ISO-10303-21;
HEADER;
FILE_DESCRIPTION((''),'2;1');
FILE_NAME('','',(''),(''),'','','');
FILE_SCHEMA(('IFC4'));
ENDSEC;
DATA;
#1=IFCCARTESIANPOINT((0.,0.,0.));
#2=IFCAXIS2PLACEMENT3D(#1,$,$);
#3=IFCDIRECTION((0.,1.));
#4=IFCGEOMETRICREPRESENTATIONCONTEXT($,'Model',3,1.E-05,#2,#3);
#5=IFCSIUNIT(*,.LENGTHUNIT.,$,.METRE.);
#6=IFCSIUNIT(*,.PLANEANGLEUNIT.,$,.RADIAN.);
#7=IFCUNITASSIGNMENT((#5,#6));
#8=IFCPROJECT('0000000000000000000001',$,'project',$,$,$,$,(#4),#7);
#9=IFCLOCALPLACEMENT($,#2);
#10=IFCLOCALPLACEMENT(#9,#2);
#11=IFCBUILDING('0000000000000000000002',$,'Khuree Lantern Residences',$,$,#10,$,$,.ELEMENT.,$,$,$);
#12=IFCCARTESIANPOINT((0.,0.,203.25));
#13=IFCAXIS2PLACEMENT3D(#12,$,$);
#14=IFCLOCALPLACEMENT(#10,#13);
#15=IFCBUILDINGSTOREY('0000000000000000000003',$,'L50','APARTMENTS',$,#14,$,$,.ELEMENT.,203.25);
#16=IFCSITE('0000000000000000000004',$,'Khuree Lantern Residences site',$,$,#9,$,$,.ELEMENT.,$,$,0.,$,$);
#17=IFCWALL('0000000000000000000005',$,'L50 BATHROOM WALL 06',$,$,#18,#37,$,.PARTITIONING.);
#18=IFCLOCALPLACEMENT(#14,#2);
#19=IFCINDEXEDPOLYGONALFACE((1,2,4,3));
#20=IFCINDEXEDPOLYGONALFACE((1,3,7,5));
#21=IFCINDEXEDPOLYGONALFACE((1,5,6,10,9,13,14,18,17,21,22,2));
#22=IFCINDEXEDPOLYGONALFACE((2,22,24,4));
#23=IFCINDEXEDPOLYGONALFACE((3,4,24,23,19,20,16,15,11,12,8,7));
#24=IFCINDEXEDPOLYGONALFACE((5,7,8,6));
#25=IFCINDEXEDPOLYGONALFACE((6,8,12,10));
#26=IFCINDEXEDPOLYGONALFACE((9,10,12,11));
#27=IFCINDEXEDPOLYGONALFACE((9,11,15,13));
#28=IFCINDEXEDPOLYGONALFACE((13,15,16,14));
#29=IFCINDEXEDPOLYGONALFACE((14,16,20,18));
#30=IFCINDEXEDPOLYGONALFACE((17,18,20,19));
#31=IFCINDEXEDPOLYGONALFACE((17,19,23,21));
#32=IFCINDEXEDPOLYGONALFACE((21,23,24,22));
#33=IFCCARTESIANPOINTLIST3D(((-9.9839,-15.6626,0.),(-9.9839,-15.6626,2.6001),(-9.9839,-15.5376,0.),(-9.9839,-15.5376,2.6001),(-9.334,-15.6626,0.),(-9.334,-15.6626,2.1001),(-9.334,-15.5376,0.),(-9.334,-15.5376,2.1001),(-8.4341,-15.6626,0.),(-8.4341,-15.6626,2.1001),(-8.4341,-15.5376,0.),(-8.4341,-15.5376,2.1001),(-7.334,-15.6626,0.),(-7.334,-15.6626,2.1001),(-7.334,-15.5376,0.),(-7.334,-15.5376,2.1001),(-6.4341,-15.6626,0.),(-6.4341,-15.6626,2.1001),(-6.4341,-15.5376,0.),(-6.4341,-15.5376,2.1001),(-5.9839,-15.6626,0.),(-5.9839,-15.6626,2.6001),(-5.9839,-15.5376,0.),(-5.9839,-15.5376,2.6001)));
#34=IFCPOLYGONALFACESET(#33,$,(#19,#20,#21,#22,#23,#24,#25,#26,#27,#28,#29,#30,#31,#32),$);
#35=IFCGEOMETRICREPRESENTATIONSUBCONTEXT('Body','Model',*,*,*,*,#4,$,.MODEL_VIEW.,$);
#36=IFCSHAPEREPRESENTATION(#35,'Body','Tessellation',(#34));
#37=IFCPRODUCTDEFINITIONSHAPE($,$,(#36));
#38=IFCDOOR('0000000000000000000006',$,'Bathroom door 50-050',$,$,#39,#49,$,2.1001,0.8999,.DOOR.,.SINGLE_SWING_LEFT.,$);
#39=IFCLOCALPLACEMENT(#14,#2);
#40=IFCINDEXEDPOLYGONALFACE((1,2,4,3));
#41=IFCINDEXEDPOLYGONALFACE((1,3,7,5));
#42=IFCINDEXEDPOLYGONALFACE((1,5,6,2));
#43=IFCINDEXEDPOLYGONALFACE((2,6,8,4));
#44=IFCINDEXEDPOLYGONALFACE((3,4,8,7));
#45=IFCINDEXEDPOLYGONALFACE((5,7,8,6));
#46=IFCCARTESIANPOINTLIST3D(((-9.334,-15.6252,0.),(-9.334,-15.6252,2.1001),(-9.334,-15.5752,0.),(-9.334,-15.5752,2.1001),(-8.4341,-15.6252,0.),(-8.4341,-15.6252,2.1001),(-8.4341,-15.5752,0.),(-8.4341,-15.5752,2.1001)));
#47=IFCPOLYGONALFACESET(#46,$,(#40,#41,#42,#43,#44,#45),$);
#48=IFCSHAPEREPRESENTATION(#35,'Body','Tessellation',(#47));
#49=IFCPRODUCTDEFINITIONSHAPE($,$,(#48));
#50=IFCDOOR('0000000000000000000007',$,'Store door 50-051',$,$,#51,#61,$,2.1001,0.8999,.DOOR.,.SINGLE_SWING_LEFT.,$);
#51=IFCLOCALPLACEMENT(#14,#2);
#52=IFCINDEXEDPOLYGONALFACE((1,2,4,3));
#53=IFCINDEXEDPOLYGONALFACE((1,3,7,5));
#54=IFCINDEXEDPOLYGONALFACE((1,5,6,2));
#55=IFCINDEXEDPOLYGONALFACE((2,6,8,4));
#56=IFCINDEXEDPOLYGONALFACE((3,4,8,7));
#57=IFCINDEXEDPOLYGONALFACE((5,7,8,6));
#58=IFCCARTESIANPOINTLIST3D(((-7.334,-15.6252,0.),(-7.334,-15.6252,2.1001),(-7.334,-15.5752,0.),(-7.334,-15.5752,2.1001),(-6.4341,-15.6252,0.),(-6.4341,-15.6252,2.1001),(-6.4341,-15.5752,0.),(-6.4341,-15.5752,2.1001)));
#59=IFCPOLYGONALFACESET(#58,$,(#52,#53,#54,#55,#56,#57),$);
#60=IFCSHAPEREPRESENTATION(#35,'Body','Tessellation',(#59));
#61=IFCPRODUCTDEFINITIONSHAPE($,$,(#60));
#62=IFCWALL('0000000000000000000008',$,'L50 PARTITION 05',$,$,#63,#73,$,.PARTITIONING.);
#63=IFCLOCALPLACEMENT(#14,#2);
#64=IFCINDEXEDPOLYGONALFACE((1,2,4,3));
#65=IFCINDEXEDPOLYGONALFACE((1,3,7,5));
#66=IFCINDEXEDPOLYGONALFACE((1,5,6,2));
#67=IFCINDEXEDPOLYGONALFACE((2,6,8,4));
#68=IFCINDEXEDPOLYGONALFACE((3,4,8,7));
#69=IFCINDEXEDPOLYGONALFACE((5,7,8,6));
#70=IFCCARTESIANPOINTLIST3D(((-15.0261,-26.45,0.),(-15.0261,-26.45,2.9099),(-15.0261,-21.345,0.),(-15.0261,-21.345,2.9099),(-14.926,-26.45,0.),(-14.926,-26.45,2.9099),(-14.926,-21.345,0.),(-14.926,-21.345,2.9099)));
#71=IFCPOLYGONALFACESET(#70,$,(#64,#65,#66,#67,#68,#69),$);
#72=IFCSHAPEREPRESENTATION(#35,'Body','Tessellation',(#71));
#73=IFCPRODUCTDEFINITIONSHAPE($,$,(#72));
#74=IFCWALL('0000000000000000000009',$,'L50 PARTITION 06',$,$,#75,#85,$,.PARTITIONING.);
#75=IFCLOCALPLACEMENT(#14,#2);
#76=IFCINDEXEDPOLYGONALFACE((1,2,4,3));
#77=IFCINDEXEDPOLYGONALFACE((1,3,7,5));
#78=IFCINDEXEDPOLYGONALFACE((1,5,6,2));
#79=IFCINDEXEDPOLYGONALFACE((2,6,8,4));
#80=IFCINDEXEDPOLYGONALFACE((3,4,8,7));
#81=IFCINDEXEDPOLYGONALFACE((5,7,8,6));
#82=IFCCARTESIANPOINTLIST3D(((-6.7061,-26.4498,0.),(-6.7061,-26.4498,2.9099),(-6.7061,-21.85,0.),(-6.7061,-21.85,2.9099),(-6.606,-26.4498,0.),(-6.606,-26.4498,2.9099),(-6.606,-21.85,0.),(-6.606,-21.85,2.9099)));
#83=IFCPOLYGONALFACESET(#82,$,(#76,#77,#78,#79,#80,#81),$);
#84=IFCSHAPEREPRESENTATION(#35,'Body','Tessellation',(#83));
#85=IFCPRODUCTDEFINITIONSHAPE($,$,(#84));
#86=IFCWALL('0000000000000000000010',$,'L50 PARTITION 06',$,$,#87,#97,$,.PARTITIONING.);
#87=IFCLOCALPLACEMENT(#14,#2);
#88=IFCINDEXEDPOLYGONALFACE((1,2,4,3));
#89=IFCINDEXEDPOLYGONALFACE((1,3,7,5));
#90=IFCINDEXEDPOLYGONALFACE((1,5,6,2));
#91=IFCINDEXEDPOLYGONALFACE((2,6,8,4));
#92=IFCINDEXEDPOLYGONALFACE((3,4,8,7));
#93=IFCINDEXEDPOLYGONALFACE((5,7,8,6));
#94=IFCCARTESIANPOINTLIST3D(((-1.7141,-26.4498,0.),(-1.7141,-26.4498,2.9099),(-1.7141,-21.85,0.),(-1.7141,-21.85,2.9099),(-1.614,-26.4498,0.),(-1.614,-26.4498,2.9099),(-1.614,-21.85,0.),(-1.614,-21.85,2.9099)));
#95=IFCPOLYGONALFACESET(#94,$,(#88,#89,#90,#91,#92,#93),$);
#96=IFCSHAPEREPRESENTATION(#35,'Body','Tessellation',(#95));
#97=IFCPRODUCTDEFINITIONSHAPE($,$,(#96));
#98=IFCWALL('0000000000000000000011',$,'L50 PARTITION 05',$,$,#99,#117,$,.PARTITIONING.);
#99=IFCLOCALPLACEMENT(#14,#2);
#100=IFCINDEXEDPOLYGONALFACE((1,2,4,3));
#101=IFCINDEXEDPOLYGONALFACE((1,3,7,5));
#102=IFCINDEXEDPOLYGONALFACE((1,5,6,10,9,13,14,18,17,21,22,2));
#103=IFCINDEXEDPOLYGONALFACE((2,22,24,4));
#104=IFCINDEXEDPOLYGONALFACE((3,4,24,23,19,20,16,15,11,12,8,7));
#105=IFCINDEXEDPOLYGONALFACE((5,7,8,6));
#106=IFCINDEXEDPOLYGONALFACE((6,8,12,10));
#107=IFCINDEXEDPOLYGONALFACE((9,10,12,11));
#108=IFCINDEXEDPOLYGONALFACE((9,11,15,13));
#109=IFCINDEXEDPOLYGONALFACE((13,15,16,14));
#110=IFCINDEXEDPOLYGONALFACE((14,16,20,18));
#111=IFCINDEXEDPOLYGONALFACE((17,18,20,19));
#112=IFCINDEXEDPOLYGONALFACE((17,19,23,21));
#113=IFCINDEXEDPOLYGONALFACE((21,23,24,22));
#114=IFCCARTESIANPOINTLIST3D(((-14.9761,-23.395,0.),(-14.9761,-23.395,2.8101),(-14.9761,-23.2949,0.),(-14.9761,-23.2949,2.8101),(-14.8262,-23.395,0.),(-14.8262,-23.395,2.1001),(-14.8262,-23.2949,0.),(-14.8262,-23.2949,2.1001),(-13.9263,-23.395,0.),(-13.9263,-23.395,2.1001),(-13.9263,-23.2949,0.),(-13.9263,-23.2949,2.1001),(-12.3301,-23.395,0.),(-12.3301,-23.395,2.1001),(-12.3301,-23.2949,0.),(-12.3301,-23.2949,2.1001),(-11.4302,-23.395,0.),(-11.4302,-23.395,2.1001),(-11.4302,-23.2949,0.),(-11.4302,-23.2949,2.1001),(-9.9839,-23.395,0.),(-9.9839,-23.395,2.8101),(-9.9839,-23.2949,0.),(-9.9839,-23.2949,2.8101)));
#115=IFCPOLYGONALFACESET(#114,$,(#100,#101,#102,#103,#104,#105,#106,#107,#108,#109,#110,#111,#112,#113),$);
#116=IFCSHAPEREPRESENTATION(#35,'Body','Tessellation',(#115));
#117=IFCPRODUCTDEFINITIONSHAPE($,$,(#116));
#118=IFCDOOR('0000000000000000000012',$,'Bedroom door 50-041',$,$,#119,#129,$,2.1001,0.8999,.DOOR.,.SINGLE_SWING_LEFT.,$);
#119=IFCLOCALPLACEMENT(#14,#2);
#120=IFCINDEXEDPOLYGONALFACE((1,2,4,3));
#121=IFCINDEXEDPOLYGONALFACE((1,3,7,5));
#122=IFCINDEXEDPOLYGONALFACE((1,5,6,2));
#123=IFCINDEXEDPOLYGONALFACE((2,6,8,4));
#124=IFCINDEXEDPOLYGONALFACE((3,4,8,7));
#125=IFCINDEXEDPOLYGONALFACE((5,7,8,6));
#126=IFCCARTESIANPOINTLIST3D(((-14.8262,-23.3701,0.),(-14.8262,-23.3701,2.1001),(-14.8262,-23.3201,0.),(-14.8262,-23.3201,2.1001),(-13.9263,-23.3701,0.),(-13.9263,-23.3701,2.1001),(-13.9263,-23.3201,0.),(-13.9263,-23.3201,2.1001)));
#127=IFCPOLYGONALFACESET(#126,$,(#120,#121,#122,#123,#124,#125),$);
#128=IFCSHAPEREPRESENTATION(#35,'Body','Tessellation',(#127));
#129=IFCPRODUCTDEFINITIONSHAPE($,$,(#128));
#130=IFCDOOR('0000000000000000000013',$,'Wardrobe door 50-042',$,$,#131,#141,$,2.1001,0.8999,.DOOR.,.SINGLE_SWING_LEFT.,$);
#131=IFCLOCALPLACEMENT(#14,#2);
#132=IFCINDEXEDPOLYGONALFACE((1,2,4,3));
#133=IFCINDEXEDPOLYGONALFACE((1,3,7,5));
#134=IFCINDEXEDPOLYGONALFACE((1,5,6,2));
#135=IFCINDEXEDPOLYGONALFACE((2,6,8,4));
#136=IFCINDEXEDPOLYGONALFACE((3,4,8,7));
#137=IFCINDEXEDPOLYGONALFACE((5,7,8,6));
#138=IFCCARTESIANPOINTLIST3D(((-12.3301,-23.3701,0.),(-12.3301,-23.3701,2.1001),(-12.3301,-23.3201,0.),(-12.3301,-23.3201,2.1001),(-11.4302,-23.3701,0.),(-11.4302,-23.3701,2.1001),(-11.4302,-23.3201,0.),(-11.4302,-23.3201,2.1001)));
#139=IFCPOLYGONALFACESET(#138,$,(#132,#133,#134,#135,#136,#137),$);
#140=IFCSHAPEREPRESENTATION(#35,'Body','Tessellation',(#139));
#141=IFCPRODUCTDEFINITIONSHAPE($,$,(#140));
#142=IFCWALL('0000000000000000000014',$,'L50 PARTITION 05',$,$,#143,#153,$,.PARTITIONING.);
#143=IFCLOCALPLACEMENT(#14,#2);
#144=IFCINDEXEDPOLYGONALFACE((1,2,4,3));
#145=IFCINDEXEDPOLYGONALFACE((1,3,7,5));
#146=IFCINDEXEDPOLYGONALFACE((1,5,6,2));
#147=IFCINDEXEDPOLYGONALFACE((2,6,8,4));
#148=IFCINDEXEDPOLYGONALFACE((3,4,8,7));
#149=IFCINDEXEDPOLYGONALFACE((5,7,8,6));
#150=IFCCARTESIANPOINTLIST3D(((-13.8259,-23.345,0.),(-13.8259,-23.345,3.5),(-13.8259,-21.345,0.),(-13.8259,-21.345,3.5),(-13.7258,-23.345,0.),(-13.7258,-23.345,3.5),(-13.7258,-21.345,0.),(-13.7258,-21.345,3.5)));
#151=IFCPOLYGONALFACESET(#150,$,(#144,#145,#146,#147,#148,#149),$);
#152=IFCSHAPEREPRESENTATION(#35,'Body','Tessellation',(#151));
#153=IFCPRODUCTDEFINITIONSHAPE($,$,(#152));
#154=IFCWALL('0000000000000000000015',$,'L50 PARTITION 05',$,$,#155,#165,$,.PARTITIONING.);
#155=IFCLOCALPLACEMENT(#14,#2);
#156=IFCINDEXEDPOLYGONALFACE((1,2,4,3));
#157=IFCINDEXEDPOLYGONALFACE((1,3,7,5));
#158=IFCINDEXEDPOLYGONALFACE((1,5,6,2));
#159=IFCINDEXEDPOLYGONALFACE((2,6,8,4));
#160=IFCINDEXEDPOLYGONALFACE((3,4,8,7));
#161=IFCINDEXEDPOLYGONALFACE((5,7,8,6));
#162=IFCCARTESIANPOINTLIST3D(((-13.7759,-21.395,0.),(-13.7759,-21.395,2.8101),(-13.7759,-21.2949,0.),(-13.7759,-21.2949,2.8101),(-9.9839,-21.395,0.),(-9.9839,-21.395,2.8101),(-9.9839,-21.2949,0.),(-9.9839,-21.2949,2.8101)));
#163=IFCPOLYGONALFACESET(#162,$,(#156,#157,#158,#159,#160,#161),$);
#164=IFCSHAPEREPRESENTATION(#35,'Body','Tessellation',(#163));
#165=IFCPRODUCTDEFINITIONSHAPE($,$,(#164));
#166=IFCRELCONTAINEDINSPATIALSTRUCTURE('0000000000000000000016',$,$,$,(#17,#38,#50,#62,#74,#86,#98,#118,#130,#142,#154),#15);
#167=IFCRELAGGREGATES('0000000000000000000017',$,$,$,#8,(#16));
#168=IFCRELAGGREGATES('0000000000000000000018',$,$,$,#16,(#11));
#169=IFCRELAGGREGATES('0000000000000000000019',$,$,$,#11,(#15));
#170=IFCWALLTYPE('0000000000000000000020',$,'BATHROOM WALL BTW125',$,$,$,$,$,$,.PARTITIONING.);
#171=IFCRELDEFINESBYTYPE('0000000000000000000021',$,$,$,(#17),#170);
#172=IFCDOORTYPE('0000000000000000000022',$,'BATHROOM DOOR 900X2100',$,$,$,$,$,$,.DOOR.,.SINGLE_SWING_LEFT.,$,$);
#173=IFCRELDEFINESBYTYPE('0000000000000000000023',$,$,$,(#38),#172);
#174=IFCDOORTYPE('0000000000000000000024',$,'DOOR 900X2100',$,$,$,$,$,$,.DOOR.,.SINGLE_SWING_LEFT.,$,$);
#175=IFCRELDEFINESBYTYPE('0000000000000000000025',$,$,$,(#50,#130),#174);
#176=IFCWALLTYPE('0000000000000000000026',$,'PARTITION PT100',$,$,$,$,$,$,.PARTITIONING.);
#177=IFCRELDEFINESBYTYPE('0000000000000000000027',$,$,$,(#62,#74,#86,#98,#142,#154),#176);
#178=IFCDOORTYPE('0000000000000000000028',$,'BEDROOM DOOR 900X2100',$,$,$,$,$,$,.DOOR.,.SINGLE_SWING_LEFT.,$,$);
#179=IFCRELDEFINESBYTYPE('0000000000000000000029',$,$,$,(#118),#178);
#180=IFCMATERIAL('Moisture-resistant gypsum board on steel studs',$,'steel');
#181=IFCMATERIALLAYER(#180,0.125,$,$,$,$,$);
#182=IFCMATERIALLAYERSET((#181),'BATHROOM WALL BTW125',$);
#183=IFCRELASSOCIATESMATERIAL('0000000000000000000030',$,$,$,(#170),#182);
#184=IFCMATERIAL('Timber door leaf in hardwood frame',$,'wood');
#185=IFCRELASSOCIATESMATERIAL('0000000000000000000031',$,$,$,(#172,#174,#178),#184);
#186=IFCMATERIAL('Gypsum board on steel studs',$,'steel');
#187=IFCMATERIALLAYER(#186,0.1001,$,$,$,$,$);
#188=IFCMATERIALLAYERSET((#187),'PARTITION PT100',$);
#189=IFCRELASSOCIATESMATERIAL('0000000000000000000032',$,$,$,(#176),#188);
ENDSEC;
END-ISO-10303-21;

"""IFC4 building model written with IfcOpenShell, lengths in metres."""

from ifc_helpers import new_model, si_unit, direction, frame, frame_2d, origin, place, context, subcontext, project, spatial, rectangle, extrude, material, layer, layer_set, type_object, element, fill, save


model = new_model("IFC4")

# Units and contexts
model_context = context("Model", 3, precision=1e-05, world=origin(), true_north=direction((0.0, 1.0)))
body_context = subcontext(model_context, "Body", "Model", "MODEL_VIEW")
ifc_project = project(units=[si_unit("LENGTHUNIT", "METRE"), si_unit("PLANEANGLEUNIT", "RADIAN")], contexts=[model_context])

# Site, building, storey
site_placement = place(None, origin())
site = spatial("IfcSite", under=ifc_project, at=site_placement, Name="Khuree Lantern Residences site", CompositionType="ELEMENT", RefElevation=0.0)
building_placement = place(site_placement, origin())
building = spatial("IfcBuilding", under=site, at=building_placement, Name="Khuree Lantern Residences", CompositionType="ELEMENT")
storey_placement = place(building_placement, frame((0.0, 0.0, 203.25)))
storey = spatial("IfcBuildingStorey", under=building, at=storey_placement, Name="L50", Description="APARTMENTS", CompositionType="ELEMENT", Elevation=203.25)

# Wall, openings, doors
ifc_material_1 = material(Name="Moisture-resistant gypsum board on steel studs", Category="steel")
ifc_layer_1 = layer(ifc_material_1, 0.125)
ifc_layer_set_1 = layer_set([ifc_layer_1], Name="BATHROOM WALL BTW125")
wall_type_1 = type_object("IfcWallType", Name="BATHROOM WALL BTW125", PredefinedType="PARTITIONING", material=ifc_layer_set_1)
wall_1_placement = place(storey_placement, frame((-9.9839, -15.6001, 0.0), z_axis=(0.0, 0.0, 1.0), x_axis=(1.0, 0.0, 0.0)))
wall_1 = element("IfcWall", 1, at=wall_1_placement, inside=storey, type_object=wall_type_1, Name="L50 BATHROOM WALL 06", PredefinedType="PARTITIONING", context=body_context, shape_type="SweptSolid", body=[
    extrude(rectangle(XDim=4.0, YDim=0.125, at=frame_2d((2.0, 0.0))), origin(), (0.0, 0.0, 1.0), 2.6001),
])
opening_1_placement = place(wall_1_placement, frame((0.6499, 0.0, 0.0)))
opening_1 = element("IfcOpeningElement", 2, at=opening_1_placement, cuts=wall_1, PredefinedType="OPENING", context=body_context, shape_type="SweptSolid", body=[
    extrude(rectangle(XDim=0.8999, YDim=2.1001, at=frame_2d((0.45, 1.05))), frame((0.0, 0.0725, 0.0), z_axis=(0.0, -1.0, 0.0), x_axis=(1.0, 0.0, 0.0)), (0.0, 0.0, 1.0), 0.145),
])
opening_2_placement = place(wall_1_placement, frame((2.6499, 0.0, 0.0)))
opening_2 = element("IfcOpeningElement", 3, at=opening_2_placement, cuts=wall_1, PredefinedType="OPENING", context=body_context, shape_type="SweptSolid", body=[
    extrude(rectangle(XDim=0.8999, YDim=2.1001, at=frame_2d((0.45, 1.05))), frame((0.0, 0.0725, 0.0), z_axis=(0.0, -1.0, 0.0), x_axis=(1.0, 0.0, 0.0)), (0.0, 0.0, 1.0), 0.145),
])
ifc_material_2 = material(Name="Timber door leaf in hardwood frame", Category="wood")
door_type_1 = type_object("IfcDoorType", Name="BATHROOM DOOR 900X2100", OperationType="SINGLE_SWING_LEFT", PredefinedType="DOOR", material=ifc_material_2)
door_1_placement = place(opening_1_placement, origin())
door_1 = element("IfcDoor", 4, at=door_1_placement, inside=storey, type_object=door_type_1, Name="Bathroom door 50-050", OperationType="SINGLE_SWING_LEFT", OverallHeight=2.1001, OverallWidth=0.8999, PredefinedType="DOOR", context=body_context, shape_type="SweptSolid", body=[
    extrude(rectangle(XDim=0.8999, YDim=2.1001, at=frame_2d((0.45, 1.05))), frame((0.0, 0.0249, 0.0), z_axis=(0.0, -1.0, 0.0), x_axis=(1.0, 0.0, 0.0)), (0.0, 0.0, 1.0), 0.05),
])
fill(opening_1, door_1)
door_type_2 = type_object("IfcDoorType", Name="DOOR 900X2100", OperationType="SINGLE_SWING_LEFT", PredefinedType="DOOR", material=ifc_material_2)
door_2_placement = place(opening_2_placement, origin())
door_2 = element("IfcDoor", 5, at=door_2_placement, inside=storey, type_object=door_type_2, Name="Store door 50-051", OperationType="SINGLE_SWING_LEFT", OverallHeight=2.1001, OverallWidth=0.8999, PredefinedType="DOOR", context=body_context, shape_type="SweptSolid", body=[
    extrude(rectangle(XDim=0.8999, YDim=2.1001, at=frame_2d((0.45, 1.05))), frame((0.0, 0.0249, 0.0), z_axis=(0.0, -1.0, 0.0), x_axis=(1.0, 0.0, 0.0)), (0.0, 0.0, 1.0), 0.05),
])
fill(opening_2, door_2)

# Walls
ifc_material_3 = material(Name="Gypsum board on steel studs", Category="steel")
ifc_layer_2 = layer(ifc_material_3, 0.1001)
ifc_layer_set_2 = layer_set([ifc_layer_2], Name="PARTITION PT100")
wall_type_2 = type_object("IfcWallType", Name="PARTITION PT100", PredefinedType="PARTITIONING", material=ifc_layer_set_2)
wall_2_placement = place(storey_placement, frame((-14.9761, -21.345, 0.0), z_axis=(0.0, 0.0, 1.0), x_axis=(0.0, -1.0, 0.0)))
element("IfcWall", 6, at=wall_2_placement, inside=storey, type_object=wall_type_2, Name="L50 PARTITION 05", PredefinedType="PARTITIONING", context=body_context, shape_type="SweptSolid", body=[
    extrude(rectangle(XDim=5.105, YDim=0.1001, at=frame_2d((2.5525, 0.0))), origin(), (0.0, 0.0, 1.0), 2.9099),
])
for number, where, z_axis, x_axis, name in (
    (7, (-6.656, -21.8501, 0.0), (0.0, 0.0, 1.0), (0.0, -1.0, 0.0), "L50 PARTITION 06"),
    (8, (-1.6641, -21.8501, 0.0), (0.0, 0.0, 1.0), (0.0, -1.0, 0.0), "L50 PARTITION 06"),
):
    element("IfcWall", number, at=place(storey_placement, frame(where, z_axis=z_axis, x_axis=x_axis)), inside=storey, type_object=wall_type_2, Name=name, PredefinedType="PARTITIONING", context=body_context, shape_type="SweptSolid", body=[
        extrude(rectangle(XDim=4.5999, YDim=0.1001, at=frame_2d((2.2998, 0.0))), origin(), (0.0, 0.0, 1.0), 2.9099),
    ])

# Wall, openings, doors
wall_3_placement = place(storey_placement, frame((-14.9761, -23.345, 0.0), z_axis=(0.0, 0.0, 1.0), x_axis=(1.0, 0.0, 0.0)))
wall_3 = element("IfcWall", 9, at=wall_3_placement, inside=storey, type_object=wall_type_2, Name="L50 PARTITION 05", PredefinedType="PARTITIONING", context=body_context, shape_type="SweptSolid", body=[
    extrude(rectangle(XDim=4.9922, YDim=0.1001, at=frame_2d((2.4961, 0.0))), origin(), (0.0, 0.0, 1.0), 2.8101),
])
opening_3_placement = place(wall_3_placement, frame((0.1499, 0.0, 0.0)))
opening_3 = element("IfcOpeningElement", 10, at=opening_3_placement, cuts=wall_3, PredefinedType="OPENING", context=body_context, shape_type="SweptSolid", body=[
    extrude(rectangle(XDim=0.8999, YDim=2.1001, at=frame_2d((0.45, 1.05))), frame((0.0, 0.0601, 0.0), z_axis=(0.0, -1.0, 0.0), x_axis=(1.0, 0.0, 0.0)), (0.0, 0.0, 1.0), 0.1201),
])
opening_4_placement = place(wall_3_placement, frame((2.646, 0.0, 0.0)))
opening_4 = element("IfcOpeningElement", 11, at=opening_4_placement, cuts=wall_3, PredefinedType="OPENING", context=body_context, shape_type="SweptSolid", body=[
    extrude(rectangle(XDim=0.8999, YDim=2.1001, at=frame_2d((0.45, 1.05))), frame((0.0, 0.0601, 0.0), z_axis=(0.0, -1.0, 0.0), x_axis=(1.0, 0.0, 0.0)), (0.0, 0.0, 1.0), 0.1201),
])
door_type_3 = type_object("IfcDoorType", Name="BEDROOM DOOR 900X2100", OperationType="SINGLE_SWING_LEFT", PredefinedType="DOOR", material=ifc_material_2)
door_3_placement = place(opening_3_placement, origin())
door_3 = element("IfcDoor", 12, at=door_3_placement, inside=storey, type_object=door_type_3, Name="Bedroom door 50-041", OperationType="SINGLE_SWING_LEFT", OverallHeight=2.1001, OverallWidth=0.8999, PredefinedType="DOOR", context=body_context, shape_type="SweptSolid", body=[
    extrude(rectangle(XDim=0.8999, YDim=2.1001, at=frame_2d((0.45, 1.05))), frame((0.0, 0.0249, 0.0), z_axis=(0.0, -1.0, 0.0), x_axis=(1.0, 0.0, 0.0)), (0.0, 0.0, 1.0), 0.05),
])
fill(opening_3, door_3)
door_4_placement = place(opening_4_placement, origin())
door_4 = element("IfcDoor", 13, at=door_4_placement, inside=storey, type_object=door_type_2, Name="Wardrobe door 50-042", OperationType="SINGLE_SWING_LEFT", OverallHeight=2.1001, OverallWidth=0.8999, PredefinedType="DOOR", context=body_context, shape_type="SweptSolid", body=[
    extrude(rectangle(XDim=0.8999, YDim=2.1001, at=frame_2d((0.45, 1.05))), frame((0.0, 0.0249, 0.0), z_axis=(0.0, -1.0, 0.0), x_axis=(1.0, 0.0, 0.0)), (0.0, 0.0, 1.0), 0.05),
])
fill(opening_4, door_4)

# Walls
wall_4_placement = place(storey_placement, frame((-13.7759, -21.345, 0.0), z_axis=(0.0, 0.0, 1.0), x_axis=(0.0, -1.0, 0.0)))
element("IfcWall", 14, at=wall_4_placement, inside=storey, type_object=wall_type_2, Name="L50 PARTITION 05", PredefinedType="PARTITIONING", context=body_context, shape_type="SweptSolid", body=[
    extrude(rectangle(XDim=2.0, YDim=0.1001, at=frame_2d((1.0, 0.0))), origin(), (0.0, 0.0, 1.0), 3.5),
])
wall_5_placement = place(storey_placement, frame((-13.7759, -21.345, 0.0), z_axis=(0.0, 0.0, 1.0), x_axis=(1.0, 0.0, 0.0)))
element("IfcWall", 15, at=wall_5_placement, inside=storey, type_object=wall_type_2, Name="L50 PARTITION 05", PredefinedType="PARTITIONING", context=body_context, shape_type="SweptSolid", body=[
    extrude(rectangle(XDim=3.792, YDim=0.1001, at=frame_2d((1.896, 0.0))), origin(), (0.0, 0.0, 1.0), 2.8101),
])

save(model, "model.ifc")
